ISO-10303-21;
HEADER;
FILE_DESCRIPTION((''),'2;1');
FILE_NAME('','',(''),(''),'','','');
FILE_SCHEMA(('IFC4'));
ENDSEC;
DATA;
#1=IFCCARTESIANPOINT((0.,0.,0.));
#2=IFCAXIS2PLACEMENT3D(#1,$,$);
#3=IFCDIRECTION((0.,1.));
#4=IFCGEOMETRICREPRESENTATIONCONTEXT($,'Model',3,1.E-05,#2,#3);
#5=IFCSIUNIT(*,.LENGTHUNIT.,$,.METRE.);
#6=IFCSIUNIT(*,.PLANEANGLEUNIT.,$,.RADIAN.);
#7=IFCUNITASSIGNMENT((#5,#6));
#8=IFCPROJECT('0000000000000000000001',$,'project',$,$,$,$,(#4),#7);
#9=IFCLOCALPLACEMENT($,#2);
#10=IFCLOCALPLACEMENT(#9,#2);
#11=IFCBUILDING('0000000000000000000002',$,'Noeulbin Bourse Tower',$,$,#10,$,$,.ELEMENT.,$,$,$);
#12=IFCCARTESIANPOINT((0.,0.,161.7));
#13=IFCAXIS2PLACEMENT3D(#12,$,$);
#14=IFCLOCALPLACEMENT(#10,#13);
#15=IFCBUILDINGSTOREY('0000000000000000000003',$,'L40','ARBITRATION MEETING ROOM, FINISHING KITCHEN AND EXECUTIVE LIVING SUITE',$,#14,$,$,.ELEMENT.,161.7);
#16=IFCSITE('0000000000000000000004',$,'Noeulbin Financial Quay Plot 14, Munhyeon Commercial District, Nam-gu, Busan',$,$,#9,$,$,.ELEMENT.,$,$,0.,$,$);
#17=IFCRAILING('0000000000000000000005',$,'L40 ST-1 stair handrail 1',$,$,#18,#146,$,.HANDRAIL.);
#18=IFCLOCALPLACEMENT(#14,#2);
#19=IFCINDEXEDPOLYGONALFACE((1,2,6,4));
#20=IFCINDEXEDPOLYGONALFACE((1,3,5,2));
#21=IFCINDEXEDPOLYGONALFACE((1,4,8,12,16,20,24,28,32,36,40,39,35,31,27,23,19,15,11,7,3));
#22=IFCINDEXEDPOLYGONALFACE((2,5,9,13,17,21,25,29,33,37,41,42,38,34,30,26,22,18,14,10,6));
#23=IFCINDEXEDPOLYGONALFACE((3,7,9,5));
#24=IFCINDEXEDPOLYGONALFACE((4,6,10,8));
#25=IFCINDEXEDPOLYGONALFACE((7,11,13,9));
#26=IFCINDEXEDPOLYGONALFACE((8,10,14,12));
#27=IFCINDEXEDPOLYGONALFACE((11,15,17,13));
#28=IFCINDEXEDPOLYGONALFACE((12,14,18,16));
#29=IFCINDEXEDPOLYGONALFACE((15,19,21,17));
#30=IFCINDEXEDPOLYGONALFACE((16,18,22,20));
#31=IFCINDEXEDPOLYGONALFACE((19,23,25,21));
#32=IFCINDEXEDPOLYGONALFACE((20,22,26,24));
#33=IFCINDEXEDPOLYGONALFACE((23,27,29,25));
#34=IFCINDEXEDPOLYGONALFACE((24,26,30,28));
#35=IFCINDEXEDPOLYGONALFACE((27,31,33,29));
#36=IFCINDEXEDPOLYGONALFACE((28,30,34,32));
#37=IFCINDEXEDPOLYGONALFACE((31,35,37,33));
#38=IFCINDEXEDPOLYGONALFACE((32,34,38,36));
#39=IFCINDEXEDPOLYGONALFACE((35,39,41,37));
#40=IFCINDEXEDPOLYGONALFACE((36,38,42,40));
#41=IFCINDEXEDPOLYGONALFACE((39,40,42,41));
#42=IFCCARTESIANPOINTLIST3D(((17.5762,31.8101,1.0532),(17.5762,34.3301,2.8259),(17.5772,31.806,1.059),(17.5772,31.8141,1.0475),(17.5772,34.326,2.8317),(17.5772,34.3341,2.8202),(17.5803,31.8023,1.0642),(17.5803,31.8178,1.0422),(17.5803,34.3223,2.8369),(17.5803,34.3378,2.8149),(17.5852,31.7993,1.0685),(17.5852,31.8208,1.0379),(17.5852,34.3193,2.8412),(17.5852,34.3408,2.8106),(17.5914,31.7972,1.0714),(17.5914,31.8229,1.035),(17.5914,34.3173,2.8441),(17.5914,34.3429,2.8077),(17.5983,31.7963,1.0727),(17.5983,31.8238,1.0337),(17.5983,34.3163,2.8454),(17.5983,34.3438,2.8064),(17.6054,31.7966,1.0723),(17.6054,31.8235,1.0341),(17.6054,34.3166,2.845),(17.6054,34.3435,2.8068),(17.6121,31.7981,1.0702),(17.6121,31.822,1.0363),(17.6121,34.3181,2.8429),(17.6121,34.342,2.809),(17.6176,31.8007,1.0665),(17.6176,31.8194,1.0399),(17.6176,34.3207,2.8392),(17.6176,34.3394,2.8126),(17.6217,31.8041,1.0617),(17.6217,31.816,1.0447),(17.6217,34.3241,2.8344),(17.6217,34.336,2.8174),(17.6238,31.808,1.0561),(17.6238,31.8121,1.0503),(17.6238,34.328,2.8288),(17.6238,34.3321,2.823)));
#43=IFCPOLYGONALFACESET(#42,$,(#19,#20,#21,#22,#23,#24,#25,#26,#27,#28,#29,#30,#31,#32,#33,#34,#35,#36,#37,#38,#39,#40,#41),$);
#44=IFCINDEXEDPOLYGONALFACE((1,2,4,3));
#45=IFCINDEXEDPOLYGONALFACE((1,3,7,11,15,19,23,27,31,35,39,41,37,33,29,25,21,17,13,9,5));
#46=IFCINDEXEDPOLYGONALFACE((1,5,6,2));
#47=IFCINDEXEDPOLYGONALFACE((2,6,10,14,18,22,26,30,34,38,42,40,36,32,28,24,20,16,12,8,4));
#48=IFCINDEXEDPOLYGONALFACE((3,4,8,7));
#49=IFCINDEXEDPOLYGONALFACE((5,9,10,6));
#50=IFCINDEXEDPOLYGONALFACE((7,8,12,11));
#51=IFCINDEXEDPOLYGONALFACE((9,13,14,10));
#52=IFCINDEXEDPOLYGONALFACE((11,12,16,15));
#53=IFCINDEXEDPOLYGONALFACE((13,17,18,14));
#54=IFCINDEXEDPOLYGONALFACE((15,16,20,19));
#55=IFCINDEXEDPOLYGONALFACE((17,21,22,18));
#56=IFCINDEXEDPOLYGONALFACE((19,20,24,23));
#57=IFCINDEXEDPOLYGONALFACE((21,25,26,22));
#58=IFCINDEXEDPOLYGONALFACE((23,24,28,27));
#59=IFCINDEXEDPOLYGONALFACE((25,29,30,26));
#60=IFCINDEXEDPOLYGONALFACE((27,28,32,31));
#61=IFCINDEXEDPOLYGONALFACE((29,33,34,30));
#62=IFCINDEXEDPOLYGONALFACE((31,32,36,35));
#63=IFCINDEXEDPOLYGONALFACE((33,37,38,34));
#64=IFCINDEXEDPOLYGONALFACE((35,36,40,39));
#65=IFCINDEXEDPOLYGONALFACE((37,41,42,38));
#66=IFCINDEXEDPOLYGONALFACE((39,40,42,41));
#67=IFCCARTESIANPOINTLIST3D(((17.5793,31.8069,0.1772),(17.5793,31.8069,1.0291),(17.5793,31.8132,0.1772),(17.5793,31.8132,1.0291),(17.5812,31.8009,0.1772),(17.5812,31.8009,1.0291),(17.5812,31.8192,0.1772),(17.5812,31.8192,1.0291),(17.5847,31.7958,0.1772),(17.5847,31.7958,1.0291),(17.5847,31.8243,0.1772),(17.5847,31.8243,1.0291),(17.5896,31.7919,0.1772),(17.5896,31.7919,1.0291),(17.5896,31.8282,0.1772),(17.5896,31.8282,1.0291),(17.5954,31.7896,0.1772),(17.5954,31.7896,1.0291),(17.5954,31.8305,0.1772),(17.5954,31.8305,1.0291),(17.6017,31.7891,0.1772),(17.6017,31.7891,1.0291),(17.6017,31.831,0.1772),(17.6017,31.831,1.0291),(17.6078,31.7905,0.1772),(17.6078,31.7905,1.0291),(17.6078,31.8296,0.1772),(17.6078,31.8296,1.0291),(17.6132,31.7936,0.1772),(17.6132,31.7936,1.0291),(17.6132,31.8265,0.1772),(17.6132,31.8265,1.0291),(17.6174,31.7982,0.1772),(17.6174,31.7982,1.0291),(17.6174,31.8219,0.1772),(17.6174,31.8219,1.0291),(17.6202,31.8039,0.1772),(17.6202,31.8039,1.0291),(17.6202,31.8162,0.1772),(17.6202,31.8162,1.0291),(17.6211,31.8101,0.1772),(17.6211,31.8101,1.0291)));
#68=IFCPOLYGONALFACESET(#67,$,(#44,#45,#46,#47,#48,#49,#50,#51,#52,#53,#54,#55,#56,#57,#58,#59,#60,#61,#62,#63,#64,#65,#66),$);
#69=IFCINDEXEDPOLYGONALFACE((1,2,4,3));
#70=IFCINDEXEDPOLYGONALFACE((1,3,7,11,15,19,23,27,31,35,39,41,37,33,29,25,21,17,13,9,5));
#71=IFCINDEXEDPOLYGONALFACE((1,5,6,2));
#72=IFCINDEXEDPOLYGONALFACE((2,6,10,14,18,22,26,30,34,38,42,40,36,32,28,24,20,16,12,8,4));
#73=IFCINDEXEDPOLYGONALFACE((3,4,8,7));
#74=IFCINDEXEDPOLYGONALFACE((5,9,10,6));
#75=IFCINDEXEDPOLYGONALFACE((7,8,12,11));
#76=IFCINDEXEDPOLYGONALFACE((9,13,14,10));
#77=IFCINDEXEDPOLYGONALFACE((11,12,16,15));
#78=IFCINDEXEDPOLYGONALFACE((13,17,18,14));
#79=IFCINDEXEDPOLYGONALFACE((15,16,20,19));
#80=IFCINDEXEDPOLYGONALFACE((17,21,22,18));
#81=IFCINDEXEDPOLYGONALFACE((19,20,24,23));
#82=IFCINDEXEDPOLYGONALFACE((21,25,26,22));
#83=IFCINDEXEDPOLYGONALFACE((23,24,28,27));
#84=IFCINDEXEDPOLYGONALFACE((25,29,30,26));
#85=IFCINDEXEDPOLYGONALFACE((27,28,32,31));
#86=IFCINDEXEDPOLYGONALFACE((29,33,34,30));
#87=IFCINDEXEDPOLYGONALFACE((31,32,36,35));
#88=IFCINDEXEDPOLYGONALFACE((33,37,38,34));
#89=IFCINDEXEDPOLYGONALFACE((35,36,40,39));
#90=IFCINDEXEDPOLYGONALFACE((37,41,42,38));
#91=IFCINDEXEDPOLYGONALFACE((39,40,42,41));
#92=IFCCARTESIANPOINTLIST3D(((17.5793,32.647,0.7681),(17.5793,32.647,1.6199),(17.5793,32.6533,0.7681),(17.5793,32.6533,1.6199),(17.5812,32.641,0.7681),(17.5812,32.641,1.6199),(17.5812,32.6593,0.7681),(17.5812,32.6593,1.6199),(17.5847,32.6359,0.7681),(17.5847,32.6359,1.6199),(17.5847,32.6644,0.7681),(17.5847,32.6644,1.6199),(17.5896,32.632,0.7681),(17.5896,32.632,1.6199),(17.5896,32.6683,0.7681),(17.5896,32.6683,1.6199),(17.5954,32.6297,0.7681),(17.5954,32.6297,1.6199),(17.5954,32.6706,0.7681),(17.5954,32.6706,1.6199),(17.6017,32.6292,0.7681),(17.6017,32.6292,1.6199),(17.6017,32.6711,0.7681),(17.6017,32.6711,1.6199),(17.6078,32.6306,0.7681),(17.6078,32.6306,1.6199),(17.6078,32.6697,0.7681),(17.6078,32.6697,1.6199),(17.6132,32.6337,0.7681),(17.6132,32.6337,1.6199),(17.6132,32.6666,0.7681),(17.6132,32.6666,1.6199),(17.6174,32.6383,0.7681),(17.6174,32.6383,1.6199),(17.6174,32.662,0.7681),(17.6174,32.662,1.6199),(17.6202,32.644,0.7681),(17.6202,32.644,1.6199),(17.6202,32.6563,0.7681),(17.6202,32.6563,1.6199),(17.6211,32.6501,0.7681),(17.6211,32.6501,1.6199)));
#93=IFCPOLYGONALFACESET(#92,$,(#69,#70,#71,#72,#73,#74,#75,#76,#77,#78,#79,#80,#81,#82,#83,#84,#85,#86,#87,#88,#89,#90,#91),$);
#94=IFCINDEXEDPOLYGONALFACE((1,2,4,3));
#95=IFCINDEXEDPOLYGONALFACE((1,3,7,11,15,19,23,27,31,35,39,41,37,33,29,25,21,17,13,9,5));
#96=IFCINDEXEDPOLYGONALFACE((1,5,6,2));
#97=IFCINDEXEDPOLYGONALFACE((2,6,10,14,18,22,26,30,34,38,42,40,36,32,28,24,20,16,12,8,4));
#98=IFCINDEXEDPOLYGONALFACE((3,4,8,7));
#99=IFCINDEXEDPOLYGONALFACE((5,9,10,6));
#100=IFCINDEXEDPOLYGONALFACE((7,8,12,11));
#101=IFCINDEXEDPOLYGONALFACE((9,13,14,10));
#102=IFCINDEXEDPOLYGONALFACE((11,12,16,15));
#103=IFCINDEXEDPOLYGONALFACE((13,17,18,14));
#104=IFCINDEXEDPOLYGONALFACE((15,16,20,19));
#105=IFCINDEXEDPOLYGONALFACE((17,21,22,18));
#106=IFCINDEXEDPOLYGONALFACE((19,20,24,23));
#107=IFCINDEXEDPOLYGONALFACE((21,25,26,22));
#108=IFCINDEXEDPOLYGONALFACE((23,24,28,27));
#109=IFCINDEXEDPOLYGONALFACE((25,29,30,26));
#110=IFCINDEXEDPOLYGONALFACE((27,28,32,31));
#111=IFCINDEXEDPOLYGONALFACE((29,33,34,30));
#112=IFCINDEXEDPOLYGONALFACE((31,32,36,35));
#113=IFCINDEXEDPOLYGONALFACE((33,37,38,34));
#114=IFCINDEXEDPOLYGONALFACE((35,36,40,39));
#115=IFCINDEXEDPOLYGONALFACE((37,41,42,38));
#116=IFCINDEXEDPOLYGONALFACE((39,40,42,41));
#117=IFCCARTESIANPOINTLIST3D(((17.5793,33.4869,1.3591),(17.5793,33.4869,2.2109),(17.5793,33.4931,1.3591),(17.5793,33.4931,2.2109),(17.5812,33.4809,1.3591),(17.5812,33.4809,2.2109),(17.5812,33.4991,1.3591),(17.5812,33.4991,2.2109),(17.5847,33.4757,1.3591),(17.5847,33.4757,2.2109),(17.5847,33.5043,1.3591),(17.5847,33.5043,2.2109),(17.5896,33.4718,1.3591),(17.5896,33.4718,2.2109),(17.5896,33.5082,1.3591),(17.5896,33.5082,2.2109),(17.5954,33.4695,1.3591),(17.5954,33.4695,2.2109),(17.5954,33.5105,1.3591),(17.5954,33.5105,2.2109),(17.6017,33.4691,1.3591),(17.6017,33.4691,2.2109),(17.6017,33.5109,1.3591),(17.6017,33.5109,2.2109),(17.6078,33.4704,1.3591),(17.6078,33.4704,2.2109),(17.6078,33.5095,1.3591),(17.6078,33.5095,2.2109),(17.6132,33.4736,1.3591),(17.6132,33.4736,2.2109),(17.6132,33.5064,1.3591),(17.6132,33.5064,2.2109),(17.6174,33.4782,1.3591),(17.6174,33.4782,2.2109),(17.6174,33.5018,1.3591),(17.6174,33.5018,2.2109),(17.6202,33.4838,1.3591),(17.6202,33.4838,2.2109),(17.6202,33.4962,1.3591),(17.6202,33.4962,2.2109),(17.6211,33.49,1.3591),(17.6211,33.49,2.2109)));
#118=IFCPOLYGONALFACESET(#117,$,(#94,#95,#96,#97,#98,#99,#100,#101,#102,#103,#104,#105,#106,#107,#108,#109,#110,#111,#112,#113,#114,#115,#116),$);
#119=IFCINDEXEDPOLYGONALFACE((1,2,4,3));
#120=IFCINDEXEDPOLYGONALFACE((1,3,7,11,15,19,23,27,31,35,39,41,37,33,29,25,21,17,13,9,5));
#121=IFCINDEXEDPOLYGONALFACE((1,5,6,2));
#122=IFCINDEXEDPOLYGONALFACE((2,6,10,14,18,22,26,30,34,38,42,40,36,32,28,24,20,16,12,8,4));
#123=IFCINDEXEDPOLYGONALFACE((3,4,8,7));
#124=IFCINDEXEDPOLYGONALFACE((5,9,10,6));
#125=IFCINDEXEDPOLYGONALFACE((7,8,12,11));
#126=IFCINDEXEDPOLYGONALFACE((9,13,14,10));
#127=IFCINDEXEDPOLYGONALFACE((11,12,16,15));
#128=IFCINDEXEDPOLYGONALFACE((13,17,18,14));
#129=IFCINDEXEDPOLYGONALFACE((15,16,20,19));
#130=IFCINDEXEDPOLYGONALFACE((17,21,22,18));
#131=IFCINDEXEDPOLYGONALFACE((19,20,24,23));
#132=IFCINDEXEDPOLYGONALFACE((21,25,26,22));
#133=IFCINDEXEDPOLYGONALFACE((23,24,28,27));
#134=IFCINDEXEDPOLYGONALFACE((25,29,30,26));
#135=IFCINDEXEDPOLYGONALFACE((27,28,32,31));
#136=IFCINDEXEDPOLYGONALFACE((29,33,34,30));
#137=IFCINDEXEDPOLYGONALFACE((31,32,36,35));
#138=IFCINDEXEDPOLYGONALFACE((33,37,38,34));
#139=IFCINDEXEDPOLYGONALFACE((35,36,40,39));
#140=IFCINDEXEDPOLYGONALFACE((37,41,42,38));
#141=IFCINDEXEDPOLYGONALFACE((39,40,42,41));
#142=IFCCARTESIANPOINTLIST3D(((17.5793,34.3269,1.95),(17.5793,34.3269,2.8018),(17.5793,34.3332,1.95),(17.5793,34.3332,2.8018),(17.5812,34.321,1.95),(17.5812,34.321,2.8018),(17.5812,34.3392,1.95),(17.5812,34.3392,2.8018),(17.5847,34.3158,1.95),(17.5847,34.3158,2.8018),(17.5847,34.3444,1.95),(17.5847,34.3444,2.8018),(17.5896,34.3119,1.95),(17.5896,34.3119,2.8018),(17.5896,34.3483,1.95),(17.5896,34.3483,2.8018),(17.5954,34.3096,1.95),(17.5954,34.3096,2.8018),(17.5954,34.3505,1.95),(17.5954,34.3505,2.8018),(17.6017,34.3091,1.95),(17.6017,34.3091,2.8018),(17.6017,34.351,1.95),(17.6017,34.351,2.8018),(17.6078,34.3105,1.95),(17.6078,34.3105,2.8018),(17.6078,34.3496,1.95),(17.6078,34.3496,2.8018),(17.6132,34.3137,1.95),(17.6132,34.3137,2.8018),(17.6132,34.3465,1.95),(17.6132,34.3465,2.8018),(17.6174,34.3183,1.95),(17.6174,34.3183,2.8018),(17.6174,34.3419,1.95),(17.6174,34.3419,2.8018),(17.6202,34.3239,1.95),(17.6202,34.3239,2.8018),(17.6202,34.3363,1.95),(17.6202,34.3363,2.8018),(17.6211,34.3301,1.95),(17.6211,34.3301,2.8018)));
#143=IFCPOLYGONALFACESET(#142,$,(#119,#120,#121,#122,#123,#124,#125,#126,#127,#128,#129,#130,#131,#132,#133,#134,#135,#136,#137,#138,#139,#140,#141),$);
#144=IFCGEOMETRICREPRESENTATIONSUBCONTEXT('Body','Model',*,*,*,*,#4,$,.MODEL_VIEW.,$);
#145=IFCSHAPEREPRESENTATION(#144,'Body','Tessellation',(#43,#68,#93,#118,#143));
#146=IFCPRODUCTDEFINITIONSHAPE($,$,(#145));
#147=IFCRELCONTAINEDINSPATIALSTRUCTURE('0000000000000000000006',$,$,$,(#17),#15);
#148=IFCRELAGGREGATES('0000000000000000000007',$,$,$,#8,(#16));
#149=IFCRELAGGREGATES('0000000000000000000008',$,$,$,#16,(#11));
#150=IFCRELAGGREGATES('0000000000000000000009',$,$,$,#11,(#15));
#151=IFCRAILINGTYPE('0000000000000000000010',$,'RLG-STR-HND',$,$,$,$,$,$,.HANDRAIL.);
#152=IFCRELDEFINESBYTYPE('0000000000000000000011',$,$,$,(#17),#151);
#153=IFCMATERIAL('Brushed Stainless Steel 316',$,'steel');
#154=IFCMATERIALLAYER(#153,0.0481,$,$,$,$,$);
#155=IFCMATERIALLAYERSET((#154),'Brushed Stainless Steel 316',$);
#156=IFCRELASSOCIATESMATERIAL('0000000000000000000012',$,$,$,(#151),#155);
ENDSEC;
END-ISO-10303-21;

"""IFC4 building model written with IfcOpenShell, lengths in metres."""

from ifc_helpers import new_model, si_unit, direction, frame, origin, origin_2d, place, context, subcontext, project, spatial, circle, extrude, material, layer, layer_set, type_object, element, save


model = new_model("IFC4")

# Units and contexts
model_context = context("Model", 3, precision=1e-05, world=origin(), true_north=direction((0.0, 1.0)))
body_context = subcontext(model_context, "Body", "Model", "MODEL_VIEW")
ifc_project = project(units=[si_unit("LENGTHUNIT", "METRE"), si_unit("PLANEANGLEUNIT", "RADIAN")], contexts=[model_context])

# Site, building, storey
site_placement = place(None, origin())
site = spatial("IfcSite", under=ifc_project, at=site_placement, Name="Noeulbin Financial Quay Plot 14, Munhyeon Commercial District, Nam-gu, Busan", CompositionType="ELEMENT", RefElevation=0.0)
building_placement = place(site_placement, origin())
building = spatial("IfcBuilding", under=site, at=building_placement, Name="Noeulbin Bourse Tower", CompositionType="ELEMENT")
storey_placement = place(building_placement, frame((0.0, 0.0, 161.7)))
storey = spatial("IfcBuildingStorey", under=building, at=storey_placement, Name="L40", Description="ARBITRATION MEETING ROOM, FINISHING KITCHEN AND EXECUTIVE LIVING SUITE", CompositionType="ELEMENT", Elevation=161.7)

# Shared definitions
ifc_material_1 = material(Name="Brushed Stainless Steel 316", Category="steel")

# Railing
ifc_layer_1 = layer(ifc_material_1, 0.0481)
ifc_layer_set_1 = layer_set([ifc_layer_1], Name="Brushed Stainless Steel 316")
railing_type_1 = type_object("IfcRailingType", Name="RLG-STR-HND", PredefinedType="HANDRAIL", material=ifc_layer_set_1)
railing_1_placement = place(storey_placement, frame((17.6001, 31.8101, 0.1772)))
element("IfcRailing", 1, at=railing_1_placement, inside=storey, type_object=railing_type_1, Name="L40 ST-1 stair handrail 1", PredefinedType="HANDRAIL", context=body_context, shape_type="SweptSolid", body=[
    extrude(circle(Radius=0.0239, at=origin_2d()), frame((0.0, 0.0, 0.876), z_axis=(0.0, 0.817904, 0.575354), x_axis=(-1.0, 0.0, 0.0)), (0.0, 0.0, 1.0), 3.0811),
    extrude(circle(Radius=0.021, at=origin_2d()), origin(), (0.0, 0.0, 1.0), 0.8518),
    extrude(circle(Radius=0.021, at=origin_2d()), frame((0.0, 0.8401, 0.5908)), (0.0, 0.0, 1.0), 0.8518),
    extrude(circle(Radius=0.021, at=origin_2d()), frame((0.0, 1.6799, 1.1819)), (0.0, 0.0, 1.0), 0.8518),
    extrude(circle(Radius=0.021, at=origin_2d()), frame((0.0, 2.52, 1.7727)), (0.0, 0.0, 1.0), 0.8518),
])

save(model, "model.ifc")
